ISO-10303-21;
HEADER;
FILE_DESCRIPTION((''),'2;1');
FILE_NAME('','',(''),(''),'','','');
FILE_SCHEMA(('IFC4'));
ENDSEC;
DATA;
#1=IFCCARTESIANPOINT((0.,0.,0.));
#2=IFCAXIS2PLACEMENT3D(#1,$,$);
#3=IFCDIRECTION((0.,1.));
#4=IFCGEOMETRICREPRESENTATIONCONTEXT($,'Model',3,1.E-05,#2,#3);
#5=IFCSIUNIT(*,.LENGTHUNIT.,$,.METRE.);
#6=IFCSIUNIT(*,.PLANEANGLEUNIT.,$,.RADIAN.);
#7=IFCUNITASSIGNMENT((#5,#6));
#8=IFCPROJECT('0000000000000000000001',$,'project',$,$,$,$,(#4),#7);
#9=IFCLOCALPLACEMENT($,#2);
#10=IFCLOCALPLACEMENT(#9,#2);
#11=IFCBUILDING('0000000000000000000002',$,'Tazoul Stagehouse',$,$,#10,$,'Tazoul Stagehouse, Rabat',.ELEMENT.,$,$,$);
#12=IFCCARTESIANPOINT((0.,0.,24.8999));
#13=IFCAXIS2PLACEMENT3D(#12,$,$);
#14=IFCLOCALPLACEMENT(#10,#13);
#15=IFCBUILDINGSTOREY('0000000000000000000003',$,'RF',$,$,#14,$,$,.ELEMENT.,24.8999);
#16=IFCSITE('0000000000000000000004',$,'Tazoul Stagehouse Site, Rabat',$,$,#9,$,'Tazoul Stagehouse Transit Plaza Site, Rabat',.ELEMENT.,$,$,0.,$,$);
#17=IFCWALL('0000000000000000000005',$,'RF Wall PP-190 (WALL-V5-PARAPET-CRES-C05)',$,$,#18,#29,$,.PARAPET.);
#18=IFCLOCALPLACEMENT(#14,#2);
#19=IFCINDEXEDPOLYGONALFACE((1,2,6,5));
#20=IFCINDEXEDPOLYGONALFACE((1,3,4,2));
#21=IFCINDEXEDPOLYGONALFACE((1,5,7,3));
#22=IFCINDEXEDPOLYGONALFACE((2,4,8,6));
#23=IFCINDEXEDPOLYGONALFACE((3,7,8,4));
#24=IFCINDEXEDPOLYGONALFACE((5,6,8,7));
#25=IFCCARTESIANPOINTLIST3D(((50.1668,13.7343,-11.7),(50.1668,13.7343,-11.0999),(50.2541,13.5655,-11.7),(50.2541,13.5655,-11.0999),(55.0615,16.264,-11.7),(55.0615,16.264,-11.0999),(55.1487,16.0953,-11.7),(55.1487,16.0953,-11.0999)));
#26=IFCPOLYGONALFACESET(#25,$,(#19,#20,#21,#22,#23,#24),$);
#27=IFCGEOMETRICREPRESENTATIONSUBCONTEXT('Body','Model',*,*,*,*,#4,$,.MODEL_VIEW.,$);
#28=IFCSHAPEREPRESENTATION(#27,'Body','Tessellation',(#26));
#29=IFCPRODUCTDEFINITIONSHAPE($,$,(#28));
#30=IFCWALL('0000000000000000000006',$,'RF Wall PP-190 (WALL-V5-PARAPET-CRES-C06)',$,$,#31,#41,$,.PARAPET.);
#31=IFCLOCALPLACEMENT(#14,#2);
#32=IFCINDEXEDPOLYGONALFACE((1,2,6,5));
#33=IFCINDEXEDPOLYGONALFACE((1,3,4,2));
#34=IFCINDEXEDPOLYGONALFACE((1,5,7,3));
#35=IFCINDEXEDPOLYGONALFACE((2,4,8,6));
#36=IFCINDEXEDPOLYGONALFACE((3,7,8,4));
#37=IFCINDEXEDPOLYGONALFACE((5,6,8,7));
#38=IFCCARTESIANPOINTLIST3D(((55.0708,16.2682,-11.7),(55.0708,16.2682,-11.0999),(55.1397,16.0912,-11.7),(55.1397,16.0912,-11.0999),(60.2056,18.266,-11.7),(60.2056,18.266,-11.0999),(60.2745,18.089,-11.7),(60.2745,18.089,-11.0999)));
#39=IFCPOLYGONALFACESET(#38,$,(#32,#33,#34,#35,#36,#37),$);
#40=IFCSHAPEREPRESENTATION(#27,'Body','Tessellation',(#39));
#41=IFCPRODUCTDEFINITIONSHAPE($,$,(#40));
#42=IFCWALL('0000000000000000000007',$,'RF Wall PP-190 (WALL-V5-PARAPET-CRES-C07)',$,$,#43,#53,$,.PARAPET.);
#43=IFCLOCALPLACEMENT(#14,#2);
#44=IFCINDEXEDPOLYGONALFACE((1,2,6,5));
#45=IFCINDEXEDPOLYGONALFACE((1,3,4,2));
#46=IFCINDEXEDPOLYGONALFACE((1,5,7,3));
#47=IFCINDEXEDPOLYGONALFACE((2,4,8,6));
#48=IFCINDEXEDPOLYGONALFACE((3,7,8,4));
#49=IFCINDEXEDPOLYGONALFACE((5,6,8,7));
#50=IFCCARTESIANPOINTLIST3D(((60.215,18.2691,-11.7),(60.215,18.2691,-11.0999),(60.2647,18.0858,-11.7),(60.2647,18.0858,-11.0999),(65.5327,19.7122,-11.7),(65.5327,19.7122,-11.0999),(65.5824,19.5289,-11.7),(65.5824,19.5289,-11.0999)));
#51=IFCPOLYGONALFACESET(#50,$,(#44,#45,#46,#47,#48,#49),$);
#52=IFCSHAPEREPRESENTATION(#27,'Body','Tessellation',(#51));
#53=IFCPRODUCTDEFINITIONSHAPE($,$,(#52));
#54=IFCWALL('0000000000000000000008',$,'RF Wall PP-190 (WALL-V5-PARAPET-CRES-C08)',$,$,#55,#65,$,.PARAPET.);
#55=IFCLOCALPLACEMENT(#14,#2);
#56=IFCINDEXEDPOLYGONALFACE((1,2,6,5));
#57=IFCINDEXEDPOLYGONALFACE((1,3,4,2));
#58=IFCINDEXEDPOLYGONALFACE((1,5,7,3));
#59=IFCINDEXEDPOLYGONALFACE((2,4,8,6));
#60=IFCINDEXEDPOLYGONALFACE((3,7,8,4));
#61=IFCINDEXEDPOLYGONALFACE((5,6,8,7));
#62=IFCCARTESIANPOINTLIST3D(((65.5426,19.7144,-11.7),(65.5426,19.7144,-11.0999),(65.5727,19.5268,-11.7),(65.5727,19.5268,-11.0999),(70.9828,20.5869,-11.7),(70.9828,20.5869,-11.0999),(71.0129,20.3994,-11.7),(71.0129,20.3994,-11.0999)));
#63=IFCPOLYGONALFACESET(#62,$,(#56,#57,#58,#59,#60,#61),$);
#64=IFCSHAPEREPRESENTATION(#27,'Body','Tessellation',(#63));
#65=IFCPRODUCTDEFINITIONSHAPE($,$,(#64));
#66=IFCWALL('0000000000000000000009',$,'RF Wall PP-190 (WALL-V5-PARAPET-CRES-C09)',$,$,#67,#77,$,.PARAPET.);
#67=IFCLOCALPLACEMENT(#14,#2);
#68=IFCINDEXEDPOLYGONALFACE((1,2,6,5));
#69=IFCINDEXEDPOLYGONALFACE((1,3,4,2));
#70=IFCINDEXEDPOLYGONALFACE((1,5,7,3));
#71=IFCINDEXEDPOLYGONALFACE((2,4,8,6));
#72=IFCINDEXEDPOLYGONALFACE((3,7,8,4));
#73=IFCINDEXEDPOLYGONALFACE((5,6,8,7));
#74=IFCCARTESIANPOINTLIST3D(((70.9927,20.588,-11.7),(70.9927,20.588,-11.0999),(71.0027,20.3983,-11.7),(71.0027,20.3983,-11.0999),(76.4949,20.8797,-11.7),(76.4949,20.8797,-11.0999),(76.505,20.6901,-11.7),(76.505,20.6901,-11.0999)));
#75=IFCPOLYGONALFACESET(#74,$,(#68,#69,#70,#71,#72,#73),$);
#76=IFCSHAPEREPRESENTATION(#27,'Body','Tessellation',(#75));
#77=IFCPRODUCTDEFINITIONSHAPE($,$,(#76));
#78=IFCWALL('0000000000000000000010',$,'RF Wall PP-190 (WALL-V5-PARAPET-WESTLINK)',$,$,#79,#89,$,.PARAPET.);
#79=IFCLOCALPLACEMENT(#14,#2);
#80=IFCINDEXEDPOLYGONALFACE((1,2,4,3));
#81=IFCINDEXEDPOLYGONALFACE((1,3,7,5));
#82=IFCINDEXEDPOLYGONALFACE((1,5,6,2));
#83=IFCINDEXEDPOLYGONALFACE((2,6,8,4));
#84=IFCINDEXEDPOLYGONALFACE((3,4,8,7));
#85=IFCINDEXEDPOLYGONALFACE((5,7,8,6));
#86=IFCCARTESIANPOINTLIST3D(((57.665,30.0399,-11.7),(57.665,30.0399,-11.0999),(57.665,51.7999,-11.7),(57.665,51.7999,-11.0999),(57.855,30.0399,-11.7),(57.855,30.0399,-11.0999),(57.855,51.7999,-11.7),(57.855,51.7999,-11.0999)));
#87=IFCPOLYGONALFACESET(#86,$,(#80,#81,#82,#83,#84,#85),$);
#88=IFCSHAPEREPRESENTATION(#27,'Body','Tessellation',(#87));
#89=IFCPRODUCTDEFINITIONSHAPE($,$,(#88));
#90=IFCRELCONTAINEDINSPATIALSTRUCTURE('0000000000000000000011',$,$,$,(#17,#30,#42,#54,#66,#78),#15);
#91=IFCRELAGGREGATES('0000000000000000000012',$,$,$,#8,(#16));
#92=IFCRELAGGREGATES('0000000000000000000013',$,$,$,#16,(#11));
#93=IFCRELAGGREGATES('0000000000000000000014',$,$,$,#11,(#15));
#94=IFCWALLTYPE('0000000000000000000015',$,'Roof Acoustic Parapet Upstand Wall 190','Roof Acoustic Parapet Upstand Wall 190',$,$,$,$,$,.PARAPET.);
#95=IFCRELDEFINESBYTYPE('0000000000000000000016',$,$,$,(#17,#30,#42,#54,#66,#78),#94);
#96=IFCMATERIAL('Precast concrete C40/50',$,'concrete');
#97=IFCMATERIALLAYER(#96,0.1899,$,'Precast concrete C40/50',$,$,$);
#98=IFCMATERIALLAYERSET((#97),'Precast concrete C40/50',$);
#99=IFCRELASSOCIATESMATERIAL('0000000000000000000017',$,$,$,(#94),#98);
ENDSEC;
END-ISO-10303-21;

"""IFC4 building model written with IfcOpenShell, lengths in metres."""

from ifc_helpers import new_model, si_unit, direction, frame, frame_2d, origin, place, context, subcontext, project, spatial, rectangle, extrude, material, layer, layer_set, type_object, element, save


model = new_model("IFC4")

# Units and contexts
model_context = context("Model", 3, precision=1e-05, world=origin(), true_north=direction((0.0, 1.0)))
body_context = subcontext(model_context, "Body", "Model", "MODEL_VIEW")
ifc_project = project(units=[si_unit("LENGTHUNIT", "METRE"), si_unit("PLANEANGLEUNIT", "RADIAN")], contexts=[model_context])

# Site, building, storey
site_placement = place(None, origin())
site = spatial("IfcSite", under=ifc_project, at=site_placement, Name="Tazoul Stagehouse Site, Rabat", LongName="Tazoul Stagehouse Transit Plaza Site, Rabat", CompositionType="ELEMENT", RefElevation=0.0)
building_placement = place(site_placement, origin())
building = spatial("IfcBuilding", under=site, at=building_placement, Name="Tazoul Stagehouse", LongName="Tazoul Stagehouse, Rabat", CompositionType="ELEMENT")
storey_placement = place(building_placement, frame((0.0, 0.0, 24.8999)))
storey = spatial("IfcBuildingStorey", under=building, at=storey_placement, Name="RF", CompositionType="ELEMENT", Elevation=24.8999)

# Shared definitions
ifc_material_1 = material(Name="Precast concrete C40/50", Category="concrete")

# Walls
ifc_layer_1 = layer(ifc_material_1, 0.1899, Name="Precast concrete C40/50")
ifc_layer_set_1 = layer_set([ifc_layer_1], Name="Precast concrete C40/50")
wall_type = type_object("IfcWallType", Name="Roof Acoustic Parapet Upstand Wall 190", Description="Roof Acoustic Parapet Upstand Wall 190", PredefinedType="PARAPET", material=ifc_layer_set_1)
for number, where, z_axis, x_axis, name in (
    (1, (50.2104, 13.6499, -11.7), (0.0, 0.0, 1.0), (0.888365, 0.459137, 0.0), "RF Wall PP-190 (WALL-V5-PARAPET-CRES-C05)"),
    (2, (55.1052, 16.1797, -11.7), (0.0, 0.0, 1.0), (0.931946, 0.362596, 0.0), "RF Wall PP-190 (WALL-V5-PARAPET-CRES-C06)"),
):
    element("IfcWall", number, at=place(storey_placement, frame(where, z_axis=z_axis, x_axis=x_axis)), inside=storey, type_object=wall_type, Name=name, PredefinedType="PARAPET", context=body_context, shape_type="SweptSolid", body=[
        extrude(rectangle(XDim=5.5098, YDim=0.1899, at=frame_2d((2.7549, 0.0))), origin(), (0.0, 0.0, 1.0), 0.6001),
    ])
wall_1_placement = place(storey_placement, frame((60.24, 18.1775, -11.7), z_axis=(0.0, 0.0, 1.0), x_axis=(0.965092, 0.26191, 0.0)))
element("IfcWall", 3, at=wall_1_placement, inside=storey, type_object=wall_type, Name="RF Wall PP-190 (WALL-V5-PARAPET-CRES-C07)", PredefinedType="PARAPET", context=body_context, shape_type="SweptSolid", body=[
    extrude(rectangle(XDim=5.51, YDim=0.1899, at=frame_2d((2.7549, 0.0))), origin(), (0.0, 0.0, 1.0), 0.6001),
])
wall_2_placement = place(storey_placement, frame((65.5576, 19.6206, -11.7), z_axis=(0.0, 0.0, 1.0), x_axis=(0.98738, 0.158367, 0.0)))
element("IfcWall", 4, at=wall_2_placement, inside=storey, type_object=wall_type, Name="RF Wall PP-190 (WALL-V5-PARAPET-CRES-C08)", PredefinedType="PARAPET", context=body_context, shape_type="SweptSolid", body=[
    extrude(rectangle(XDim=5.5098, YDim=0.1899, at=frame_2d((2.7549, 0.0))), origin(), (0.0, 0.0, 1.0), 0.6001),
])
wall_3_placement = place(storey_placement, frame((70.9978, 20.4932, -11.7), z_axis=(0.0, 0.0, 1.0), x_axis=(0.998597, 0.05295, 0.0)))
element("IfcWall", 5, at=wall_3_placement, inside=storey, type_object=wall_type, Name="RF Wall PP-190 (WALL-V5-PARAPET-CRES-C09)", PredefinedType="PARAPET", context=body_context, shape_type="SweptSolid", body=[
    extrude(rectangle(XDim=5.51, YDim=0.1899, at=frame_2d((2.7549, 0.0))), origin(), (0.0, 0.0, 1.0), 0.6001),
])
wall_4_placement = place(storey_placement, frame((57.76, 30.04, -11.7), z_axis=(0.0, 0.0, 1.0), x_axis=(0.0, 1.0, 0.0)))
element("IfcWall", 6, at=wall_4_placement, inside=storey, type_object=wall_type, Name="RF Wall PP-190 (WALL-V5-PARAPET-WESTLINK)", PredefinedType="PARAPET", context=body_context, shape_type="SweptSolid", body=[
    extrude(rectangle(XDim=21.76, YDim=0.1899, at=frame_2d((10.8799, 0.0))), origin(), (0.0, 0.0, 1.0), 0.6001),
])

save(model, "model.ifc")
